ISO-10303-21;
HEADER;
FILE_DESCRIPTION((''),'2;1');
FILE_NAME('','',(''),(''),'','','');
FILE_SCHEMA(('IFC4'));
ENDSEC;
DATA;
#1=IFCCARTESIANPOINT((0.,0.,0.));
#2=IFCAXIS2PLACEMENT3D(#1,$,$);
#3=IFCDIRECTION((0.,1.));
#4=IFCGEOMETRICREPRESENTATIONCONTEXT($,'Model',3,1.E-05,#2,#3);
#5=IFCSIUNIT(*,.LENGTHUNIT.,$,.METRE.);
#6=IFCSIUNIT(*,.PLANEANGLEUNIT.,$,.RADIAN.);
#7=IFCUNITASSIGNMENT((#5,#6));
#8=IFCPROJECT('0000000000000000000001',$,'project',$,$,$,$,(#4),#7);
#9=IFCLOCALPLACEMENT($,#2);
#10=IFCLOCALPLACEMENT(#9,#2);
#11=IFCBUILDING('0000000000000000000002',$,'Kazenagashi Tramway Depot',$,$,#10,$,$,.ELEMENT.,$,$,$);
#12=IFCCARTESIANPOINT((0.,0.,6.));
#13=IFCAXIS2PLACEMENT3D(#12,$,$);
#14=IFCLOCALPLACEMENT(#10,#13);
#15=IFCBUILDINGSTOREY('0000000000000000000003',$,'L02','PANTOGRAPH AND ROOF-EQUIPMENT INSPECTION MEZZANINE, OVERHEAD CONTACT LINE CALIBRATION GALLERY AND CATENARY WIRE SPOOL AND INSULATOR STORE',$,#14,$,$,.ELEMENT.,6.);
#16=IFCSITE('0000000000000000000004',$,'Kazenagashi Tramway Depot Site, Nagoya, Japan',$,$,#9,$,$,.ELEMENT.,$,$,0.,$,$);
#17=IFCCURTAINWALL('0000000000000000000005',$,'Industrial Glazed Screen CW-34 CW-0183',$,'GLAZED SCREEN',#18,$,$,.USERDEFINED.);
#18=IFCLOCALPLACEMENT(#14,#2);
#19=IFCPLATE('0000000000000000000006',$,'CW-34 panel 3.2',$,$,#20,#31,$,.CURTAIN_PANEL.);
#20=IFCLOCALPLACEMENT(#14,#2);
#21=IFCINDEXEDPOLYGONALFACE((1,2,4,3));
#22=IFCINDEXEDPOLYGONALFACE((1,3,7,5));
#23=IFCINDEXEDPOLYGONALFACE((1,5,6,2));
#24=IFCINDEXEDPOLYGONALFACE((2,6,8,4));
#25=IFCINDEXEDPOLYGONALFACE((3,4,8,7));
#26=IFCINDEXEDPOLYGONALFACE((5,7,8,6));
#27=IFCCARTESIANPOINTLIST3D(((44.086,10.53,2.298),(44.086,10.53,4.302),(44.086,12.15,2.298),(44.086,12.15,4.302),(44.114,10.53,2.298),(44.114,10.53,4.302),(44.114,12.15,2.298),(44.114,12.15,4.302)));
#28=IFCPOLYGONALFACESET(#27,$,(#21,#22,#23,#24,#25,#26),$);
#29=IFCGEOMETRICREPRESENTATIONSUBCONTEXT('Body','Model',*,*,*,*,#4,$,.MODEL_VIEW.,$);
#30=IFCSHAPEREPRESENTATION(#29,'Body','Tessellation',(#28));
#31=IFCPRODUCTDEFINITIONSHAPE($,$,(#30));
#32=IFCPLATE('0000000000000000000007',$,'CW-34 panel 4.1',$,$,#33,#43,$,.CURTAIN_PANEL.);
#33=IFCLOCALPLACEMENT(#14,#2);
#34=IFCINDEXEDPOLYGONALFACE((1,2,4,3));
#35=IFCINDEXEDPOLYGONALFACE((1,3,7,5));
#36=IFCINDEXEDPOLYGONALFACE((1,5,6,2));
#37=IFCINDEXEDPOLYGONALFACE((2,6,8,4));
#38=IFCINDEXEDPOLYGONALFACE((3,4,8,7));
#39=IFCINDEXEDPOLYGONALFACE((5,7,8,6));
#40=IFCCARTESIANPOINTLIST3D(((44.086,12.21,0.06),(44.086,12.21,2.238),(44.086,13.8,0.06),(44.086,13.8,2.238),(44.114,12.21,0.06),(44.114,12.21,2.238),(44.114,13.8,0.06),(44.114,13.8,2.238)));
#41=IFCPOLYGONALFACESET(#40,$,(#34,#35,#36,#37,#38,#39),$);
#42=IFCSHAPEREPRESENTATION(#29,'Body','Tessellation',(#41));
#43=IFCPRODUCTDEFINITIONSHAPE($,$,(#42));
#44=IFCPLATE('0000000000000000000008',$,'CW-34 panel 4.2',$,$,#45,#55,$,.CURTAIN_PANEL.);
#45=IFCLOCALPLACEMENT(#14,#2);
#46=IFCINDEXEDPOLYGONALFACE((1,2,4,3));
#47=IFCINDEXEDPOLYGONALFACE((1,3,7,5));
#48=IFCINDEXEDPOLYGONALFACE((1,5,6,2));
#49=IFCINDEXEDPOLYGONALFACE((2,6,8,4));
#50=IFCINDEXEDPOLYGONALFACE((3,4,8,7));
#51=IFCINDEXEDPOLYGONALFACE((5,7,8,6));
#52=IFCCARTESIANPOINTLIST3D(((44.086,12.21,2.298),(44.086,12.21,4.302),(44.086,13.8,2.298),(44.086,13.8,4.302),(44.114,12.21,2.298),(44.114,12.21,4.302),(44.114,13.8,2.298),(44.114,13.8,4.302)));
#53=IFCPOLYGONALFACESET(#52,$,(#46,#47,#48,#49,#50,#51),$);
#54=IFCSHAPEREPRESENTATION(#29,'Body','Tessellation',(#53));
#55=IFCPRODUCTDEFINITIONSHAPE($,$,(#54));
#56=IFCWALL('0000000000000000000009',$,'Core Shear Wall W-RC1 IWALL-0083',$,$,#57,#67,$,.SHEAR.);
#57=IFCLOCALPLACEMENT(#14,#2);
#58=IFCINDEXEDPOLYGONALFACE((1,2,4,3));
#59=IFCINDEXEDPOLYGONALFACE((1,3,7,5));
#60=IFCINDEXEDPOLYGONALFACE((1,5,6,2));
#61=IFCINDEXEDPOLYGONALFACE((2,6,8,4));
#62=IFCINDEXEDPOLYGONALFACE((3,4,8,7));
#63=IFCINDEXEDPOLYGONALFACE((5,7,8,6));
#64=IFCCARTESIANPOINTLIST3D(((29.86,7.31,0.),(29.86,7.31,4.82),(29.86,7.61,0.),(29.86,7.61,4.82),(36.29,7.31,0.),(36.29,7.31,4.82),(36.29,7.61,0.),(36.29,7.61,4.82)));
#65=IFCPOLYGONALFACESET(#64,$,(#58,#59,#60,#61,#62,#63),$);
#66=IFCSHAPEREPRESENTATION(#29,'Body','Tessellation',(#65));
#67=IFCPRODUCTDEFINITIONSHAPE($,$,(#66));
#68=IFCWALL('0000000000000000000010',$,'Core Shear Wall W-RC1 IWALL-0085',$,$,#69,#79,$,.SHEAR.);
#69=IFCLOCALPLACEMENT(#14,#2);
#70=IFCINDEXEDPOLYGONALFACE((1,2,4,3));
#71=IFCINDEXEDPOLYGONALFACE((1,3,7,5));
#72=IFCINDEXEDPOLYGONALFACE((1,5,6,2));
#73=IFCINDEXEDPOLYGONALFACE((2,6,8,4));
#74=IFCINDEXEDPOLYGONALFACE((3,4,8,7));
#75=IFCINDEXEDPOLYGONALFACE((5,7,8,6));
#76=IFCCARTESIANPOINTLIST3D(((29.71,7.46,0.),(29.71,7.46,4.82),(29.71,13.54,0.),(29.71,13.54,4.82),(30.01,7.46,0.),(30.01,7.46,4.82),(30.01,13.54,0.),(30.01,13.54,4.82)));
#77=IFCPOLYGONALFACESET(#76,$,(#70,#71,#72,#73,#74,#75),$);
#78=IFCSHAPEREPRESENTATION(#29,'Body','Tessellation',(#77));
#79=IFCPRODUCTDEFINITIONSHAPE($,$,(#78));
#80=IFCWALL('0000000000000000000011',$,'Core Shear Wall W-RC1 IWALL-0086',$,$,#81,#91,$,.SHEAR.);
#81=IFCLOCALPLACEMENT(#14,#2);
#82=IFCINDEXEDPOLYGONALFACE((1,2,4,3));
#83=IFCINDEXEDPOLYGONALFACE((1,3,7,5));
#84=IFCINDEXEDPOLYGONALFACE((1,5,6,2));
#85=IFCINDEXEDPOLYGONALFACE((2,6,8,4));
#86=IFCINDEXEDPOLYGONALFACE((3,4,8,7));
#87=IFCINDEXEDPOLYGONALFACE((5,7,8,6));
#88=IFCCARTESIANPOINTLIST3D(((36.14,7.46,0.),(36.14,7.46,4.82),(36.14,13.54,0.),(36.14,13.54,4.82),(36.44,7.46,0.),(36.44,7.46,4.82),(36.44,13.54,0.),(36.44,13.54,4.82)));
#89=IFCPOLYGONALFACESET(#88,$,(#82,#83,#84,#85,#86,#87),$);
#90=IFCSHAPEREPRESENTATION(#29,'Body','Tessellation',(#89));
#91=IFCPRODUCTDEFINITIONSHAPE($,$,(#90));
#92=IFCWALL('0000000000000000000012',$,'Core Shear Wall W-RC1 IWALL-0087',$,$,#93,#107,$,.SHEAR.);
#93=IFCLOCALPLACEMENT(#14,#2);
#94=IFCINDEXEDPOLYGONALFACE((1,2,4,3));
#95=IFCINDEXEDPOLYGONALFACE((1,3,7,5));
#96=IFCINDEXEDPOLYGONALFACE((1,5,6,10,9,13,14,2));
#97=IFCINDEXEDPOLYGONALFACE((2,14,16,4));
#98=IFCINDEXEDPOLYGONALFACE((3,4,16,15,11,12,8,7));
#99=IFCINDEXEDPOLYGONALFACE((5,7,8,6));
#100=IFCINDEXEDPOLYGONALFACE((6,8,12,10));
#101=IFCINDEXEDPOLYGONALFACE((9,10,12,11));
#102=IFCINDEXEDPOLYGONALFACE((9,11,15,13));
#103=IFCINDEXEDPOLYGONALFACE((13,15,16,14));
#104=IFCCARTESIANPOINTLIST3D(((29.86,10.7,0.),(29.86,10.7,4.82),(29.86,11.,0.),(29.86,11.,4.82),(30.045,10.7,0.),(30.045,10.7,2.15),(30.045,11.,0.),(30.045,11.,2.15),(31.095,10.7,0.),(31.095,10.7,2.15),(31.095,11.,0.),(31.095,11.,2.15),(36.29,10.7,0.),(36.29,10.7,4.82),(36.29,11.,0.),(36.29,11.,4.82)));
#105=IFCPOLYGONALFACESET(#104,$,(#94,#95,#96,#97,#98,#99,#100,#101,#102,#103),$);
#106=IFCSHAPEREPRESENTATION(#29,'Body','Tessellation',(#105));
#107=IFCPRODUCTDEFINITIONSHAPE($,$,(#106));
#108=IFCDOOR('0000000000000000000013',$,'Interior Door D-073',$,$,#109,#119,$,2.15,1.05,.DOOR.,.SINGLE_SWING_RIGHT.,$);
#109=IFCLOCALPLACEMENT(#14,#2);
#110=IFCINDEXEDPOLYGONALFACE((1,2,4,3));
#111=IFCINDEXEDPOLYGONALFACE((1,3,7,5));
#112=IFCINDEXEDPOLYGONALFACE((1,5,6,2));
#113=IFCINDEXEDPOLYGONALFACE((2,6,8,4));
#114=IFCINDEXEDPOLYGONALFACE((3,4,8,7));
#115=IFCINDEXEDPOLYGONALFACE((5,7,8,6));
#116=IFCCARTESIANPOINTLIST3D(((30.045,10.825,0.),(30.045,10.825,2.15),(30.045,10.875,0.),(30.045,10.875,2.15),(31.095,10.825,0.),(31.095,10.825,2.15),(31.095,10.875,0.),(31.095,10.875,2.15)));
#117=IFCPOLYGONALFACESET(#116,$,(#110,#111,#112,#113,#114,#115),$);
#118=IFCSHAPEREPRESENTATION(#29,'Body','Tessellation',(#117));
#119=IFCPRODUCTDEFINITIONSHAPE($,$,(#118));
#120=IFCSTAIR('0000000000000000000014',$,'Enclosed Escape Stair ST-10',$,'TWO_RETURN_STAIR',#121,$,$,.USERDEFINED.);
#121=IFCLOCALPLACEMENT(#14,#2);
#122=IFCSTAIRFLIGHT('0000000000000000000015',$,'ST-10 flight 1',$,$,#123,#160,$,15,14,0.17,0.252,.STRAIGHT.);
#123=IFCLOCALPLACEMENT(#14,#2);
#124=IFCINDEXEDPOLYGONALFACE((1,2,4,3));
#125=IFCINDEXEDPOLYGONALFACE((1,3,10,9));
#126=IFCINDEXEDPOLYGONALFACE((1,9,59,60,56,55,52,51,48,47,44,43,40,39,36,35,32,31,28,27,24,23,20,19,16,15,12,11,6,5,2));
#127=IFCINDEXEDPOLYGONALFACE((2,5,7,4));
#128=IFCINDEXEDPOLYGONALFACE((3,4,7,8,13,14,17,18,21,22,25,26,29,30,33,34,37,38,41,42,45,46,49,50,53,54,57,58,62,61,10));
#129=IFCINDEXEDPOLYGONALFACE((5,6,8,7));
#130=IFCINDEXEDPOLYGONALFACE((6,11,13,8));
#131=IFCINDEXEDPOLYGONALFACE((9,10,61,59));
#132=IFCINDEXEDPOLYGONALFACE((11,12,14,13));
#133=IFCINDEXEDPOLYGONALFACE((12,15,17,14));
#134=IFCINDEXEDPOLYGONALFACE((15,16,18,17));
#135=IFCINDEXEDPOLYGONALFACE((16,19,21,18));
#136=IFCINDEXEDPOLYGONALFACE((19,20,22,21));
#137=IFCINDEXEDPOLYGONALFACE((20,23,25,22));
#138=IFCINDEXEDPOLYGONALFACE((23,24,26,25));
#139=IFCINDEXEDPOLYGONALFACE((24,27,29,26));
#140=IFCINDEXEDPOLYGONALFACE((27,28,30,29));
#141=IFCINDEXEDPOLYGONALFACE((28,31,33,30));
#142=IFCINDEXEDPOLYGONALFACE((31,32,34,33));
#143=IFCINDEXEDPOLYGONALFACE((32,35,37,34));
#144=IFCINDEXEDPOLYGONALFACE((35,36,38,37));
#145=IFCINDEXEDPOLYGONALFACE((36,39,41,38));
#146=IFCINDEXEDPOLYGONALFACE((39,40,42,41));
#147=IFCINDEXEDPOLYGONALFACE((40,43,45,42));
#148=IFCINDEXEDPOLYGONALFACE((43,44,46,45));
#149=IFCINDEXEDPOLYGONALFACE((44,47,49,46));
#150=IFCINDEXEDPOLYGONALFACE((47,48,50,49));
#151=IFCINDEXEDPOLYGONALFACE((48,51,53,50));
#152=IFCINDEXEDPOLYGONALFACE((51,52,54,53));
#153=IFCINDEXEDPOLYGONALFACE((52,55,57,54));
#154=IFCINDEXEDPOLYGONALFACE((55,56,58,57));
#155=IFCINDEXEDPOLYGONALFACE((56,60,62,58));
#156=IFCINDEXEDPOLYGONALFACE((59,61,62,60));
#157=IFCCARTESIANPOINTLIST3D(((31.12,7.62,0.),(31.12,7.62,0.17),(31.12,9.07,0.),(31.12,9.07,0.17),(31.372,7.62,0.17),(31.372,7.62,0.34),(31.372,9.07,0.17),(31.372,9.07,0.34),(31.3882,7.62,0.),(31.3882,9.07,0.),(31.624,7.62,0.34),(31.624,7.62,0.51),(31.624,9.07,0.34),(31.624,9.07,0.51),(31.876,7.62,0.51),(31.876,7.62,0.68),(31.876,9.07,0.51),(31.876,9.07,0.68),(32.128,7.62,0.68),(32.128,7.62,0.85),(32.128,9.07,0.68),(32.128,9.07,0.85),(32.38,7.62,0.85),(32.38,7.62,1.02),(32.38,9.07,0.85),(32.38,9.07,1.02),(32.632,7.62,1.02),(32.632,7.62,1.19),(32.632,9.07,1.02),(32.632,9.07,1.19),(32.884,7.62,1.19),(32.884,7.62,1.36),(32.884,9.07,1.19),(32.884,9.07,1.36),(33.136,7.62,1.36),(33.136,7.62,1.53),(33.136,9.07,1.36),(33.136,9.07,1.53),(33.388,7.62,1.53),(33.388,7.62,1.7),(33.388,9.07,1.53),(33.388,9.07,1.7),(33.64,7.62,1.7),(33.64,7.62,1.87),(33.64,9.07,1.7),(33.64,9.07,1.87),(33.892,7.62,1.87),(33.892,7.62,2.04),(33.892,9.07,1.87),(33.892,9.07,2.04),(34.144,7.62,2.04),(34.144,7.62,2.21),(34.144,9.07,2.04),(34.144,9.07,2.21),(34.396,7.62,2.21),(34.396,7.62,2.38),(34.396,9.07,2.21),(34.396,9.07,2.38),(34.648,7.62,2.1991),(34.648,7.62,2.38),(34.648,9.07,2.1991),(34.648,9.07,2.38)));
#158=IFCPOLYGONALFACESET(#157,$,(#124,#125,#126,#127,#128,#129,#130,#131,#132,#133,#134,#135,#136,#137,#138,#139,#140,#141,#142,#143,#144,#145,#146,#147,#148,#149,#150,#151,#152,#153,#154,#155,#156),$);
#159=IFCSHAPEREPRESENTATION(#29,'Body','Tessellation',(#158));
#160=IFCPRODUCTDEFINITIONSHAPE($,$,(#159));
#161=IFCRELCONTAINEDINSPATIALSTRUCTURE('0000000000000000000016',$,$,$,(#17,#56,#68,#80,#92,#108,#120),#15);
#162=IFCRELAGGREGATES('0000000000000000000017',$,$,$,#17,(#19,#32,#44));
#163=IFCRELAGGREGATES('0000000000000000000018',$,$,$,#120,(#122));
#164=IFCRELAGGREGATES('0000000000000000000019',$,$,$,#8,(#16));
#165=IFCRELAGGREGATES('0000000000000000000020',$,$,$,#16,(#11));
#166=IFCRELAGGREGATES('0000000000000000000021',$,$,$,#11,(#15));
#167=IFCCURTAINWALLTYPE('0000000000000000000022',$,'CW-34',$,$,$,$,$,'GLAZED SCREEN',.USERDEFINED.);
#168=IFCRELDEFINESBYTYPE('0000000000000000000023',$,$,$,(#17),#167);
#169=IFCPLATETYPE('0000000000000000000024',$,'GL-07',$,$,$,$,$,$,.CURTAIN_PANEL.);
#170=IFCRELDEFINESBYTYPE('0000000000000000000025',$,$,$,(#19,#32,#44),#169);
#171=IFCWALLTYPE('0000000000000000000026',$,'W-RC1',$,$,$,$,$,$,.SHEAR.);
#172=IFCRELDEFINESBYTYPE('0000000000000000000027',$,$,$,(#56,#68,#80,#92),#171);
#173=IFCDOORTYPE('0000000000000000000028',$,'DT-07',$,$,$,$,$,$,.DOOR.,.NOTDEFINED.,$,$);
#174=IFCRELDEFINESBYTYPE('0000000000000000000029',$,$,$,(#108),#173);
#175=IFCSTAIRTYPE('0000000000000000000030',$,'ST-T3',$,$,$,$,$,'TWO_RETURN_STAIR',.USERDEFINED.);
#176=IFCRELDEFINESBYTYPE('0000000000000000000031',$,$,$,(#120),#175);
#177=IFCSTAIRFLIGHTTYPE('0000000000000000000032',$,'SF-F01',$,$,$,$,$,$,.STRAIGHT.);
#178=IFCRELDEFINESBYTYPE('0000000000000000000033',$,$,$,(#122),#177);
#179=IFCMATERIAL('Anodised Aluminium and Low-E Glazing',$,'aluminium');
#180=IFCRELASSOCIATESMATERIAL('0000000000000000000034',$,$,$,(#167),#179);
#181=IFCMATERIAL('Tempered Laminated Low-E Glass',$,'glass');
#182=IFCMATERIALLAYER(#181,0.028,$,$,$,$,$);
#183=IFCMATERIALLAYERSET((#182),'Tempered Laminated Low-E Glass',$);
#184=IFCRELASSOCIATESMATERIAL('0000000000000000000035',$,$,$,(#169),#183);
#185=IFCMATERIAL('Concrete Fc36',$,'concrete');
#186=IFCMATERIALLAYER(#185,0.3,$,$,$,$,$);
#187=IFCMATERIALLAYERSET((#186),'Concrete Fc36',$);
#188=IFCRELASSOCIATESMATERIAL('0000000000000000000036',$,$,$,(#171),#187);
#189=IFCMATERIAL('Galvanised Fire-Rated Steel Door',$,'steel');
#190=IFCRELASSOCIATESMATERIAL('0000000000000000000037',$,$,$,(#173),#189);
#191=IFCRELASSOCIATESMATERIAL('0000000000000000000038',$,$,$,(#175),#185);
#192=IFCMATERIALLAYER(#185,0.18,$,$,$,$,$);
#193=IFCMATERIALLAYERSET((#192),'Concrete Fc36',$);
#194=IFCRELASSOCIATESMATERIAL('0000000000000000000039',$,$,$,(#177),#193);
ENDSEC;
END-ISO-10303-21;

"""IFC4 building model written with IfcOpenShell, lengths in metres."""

from ifc_helpers import new_model, si_unit, direction, frame, frame_2d, origin, origin_2d, place, context, subcontext, project, spatial, polyline, rectangle, outline, extrude, material, layer, layer_set, type_object, element, fill, aggregate, save


model = new_model("IFC4")

# Units and contexts
model_context = context("Model", 3, precision=1e-05, world=origin(), true_north=direction((0.0, 1.0)))
body_context = subcontext(model_context, "Body", "Model", "MODEL_VIEW")
ifc_project = project(units=[si_unit("LENGTHUNIT", "METRE"), si_unit("PLANEANGLEUNIT", "RADIAN")], contexts=[model_context])

# Site, building, storey
site_placement = place(None, origin())
site = spatial("IfcSite", under=ifc_project, at=site_placement, Name="Kazenagashi Tramway Depot Site, Nagoya, Japan", CompositionType="ELEMENT", RefElevation=0.0)
building_placement = place(site_placement, origin())
building = spatial("IfcBuilding", under=site, at=building_placement, Name="Kazenagashi Tramway Depot", CompositionType="ELEMENT")
storey_placement = place(building_placement, frame((0.0, 0.0, 6.0)))
storey = spatial("IfcBuildingStorey", under=building, at=storey_placement, Name="L02", Description="PANTOGRAPH AND ROOF-EQUIPMENT INSPECTION MEZZANINE, OVERHEAD CONTACT LINE CALIBRATION GALLERY AND CATENARY WIRE SPOOL AND INSULATOR STORE", CompositionType="ELEMENT", Elevation=6.0)

# Curtain wall, plates
ifc_material_1 = material(Name="Anodised Aluminium and Low-E Glazing", Category="aluminium")
curtain_wall_type = type_object("IfcCurtainWallType", Name="CW-34", ElementType="GLAZED SCREEN", PredefinedType="USERDEFINED", material=ifc_material_1)
curtain_wall_placement = place(storey_placement, origin())
curtain_wall = element("IfcCurtainWall", 1, at=curtain_wall_placement, inside=storey, type_object=curtain_wall_type, Name="Industrial Glazed Screen CW-34 CW-0183", ObjectType="GLAZED SCREEN", PredefinedType="USERDEFINED")
ifc_material_2 = material(Name="Tempered Laminated Low-E Glass", Category="glass")
ifc_layer_1 = layer(ifc_material_2, 0.028)
ifc_layer_set_1 = layer_set([ifc_layer_1], Name="Tempered Laminated Low-E Glass")
plate_type = type_object("IfcPlateType", Name="GL-07", PredefinedType="CURTAIN_PANEL", material=ifc_layer_set_1)
plate_1_placement = place(storey_placement, frame((44.1, 11.34, 2.298), z_axis=(0.0, 0.0, 1.0), x_axis=(0.0, 1.0, 0.0)))
plate_1 = element("IfcPlate", 2, at=plate_1_placement, type_object=plate_type, Name="CW-34 panel 3.2", PredefinedType="CURTAIN_PANEL", context=body_context, shape_type="SweptSolid", body=[
    extrude(rectangle(XDim=1.62, YDim=0.028, at=origin_2d()), origin(), (0.0, 0.0, 1.0), 2.004),
])
plate_2_placement = place(storey_placement, frame((44.1, 13.005, 0.06), z_axis=(0.0, 0.0, 1.0), x_axis=(0.0, 1.0, 0.0)))
plate_2 = element("IfcPlate", 3, at=plate_2_placement, type_object=plate_type, Name="CW-34 panel 4.1", PredefinedType="CURTAIN_PANEL", context=body_context, shape_type="SweptSolid", body=[
    extrude(rectangle(XDim=1.59, YDim=0.028, at=origin_2d()), origin(), (0.0, 0.0, 1.0), 2.178),
])
plate_3_placement = place(storey_placement, frame((44.1, 13.005, 2.298), z_axis=(0.0, 0.0, 1.0), x_axis=(0.0, 1.0, 0.0)))
plate_3 = element("IfcPlate", 4, at=plate_3_placement, type_object=plate_type, Name="CW-34 panel 4.2", PredefinedType="CURTAIN_PANEL", context=body_context, shape_type="SweptSolid", body=[
    extrude(rectangle(XDim=1.59, YDim=0.028, at=origin_2d()), origin(), (0.0, 0.0, 1.0), 2.004),
])
aggregate(curtain_wall, [plate_1, plate_2, plate_3])

# Walls
ifc_material_3 = material(Name="Concrete Fc36", Category="concrete")
ifc_layer_2 = layer(ifc_material_3, 0.3)
ifc_layer_set_2 = layer_set([ifc_layer_2], Name="Concrete Fc36")
wall_type = type_object("IfcWallType", Name="W-RC1", PredefinedType="SHEAR", material=ifc_layer_set_2)
wall_1_placement = place(storey_placement, frame((29.86, 7.46, 0.0), z_axis=(0.0, 0.0, 1.0), x_axis=(1.0, 0.0, 0.0)))
element("IfcWall", 5, at=wall_1_placement, inside=storey, type_object=wall_type, Name="Core Shear Wall W-RC1 IWALL-0083", PredefinedType="SHEAR", context=body_context, shape_type="SweptSolid", body=[
    extrude(rectangle(XDim=6.43, YDim=0.3, at=frame_2d((3.215, 0.0))), origin(), (0.0, 0.0, 1.0), 4.82),
])
for number, where, z_axis, x_axis, name in (
    (6, (29.86, 7.46, 0.0), (0.0, 0.0, 1.0), (0.0, 1.0, 0.0), "Core Shear Wall W-RC1 IWALL-0085"),
    (7, (36.29, 7.46, 0.0), (0.0, 0.0, 1.0), (0.0, 1.0, 0.0), "Core Shear Wall W-RC1 IWALL-0086"),
):
    element("IfcWall", number, at=place(storey_placement, frame(where, z_axis=z_axis, x_axis=x_axis)), inside=storey, type_object=wall_type, Name=name, PredefinedType="SHEAR", context=body_context, shape_type="SweptSolid", body=[
        extrude(rectangle(XDim=6.08, YDim=0.3, at=frame_2d((3.04, 0.0))), origin(), (0.0, 0.0, 1.0), 4.82),
    ])

# Wall, opening, door
wall_2_placement = place(storey_placement, frame((29.86, 10.85, 0.0), z_axis=(0.0, 0.0, 1.0), x_axis=(1.0, 0.0, 0.0)))
wall_2 = element("IfcWall", 8, at=wall_2_placement, inside=storey, type_object=wall_type, Name="Core Shear Wall W-RC1 IWALL-0087", PredefinedType="SHEAR", context=body_context, shape_type="SweptSolid", body=[
    extrude(rectangle(XDim=6.43, YDim=0.3, at=frame_2d((3.215, 0.0))), origin(), (0.0, 0.0, 1.0), 4.82),
])
opening_placement = place(wall_2_placement, frame((0.185, 0.0, 0.0)))
opening = element("IfcOpeningElement", 9, at=opening_placement, cuts=wall_2, PredefinedType="OPENING", context=body_context, shape_type="SweptSolid", body=[
    extrude(rectangle(XDim=1.05, YDim=2.15, at=frame_2d((0.525, 1.075))), frame((0.0, 0.16, 0.0), z_axis=(0.0, -1.0, 0.0), x_axis=(1.0, 0.0, 0.0)), (0.0, 0.0, 1.0), 0.32),
])
ifc_material_4 = material(Name="Galvanised Fire-Rated Steel Door", Category="steel")
door_type = type_object("IfcDoorType", Name="DT-07", OperationType="NOTDEFINED", PredefinedType="DOOR", material=ifc_material_4)
door_placement = place(opening_placement, origin())
door = element("IfcDoor", 10, at=door_placement, inside=storey, type_object=door_type, Name="Interior Door D-073", OperationType="SINGLE_SWING_RIGHT", OverallHeight=2.15, OverallWidth=1.05, PredefinedType="DOOR", context=body_context, shape_type="SweptSolid", body=[
    extrude(rectangle(XDim=1.05, YDim=2.15, at=frame_2d((0.525, 1.075))), frame((0.0, 0.025, 0.0), z_axis=(0.0, -1.0, 0.0), x_axis=(1.0, 0.0, 0.0)), (0.0, 0.0, 1.0), 0.05),
])
fill(opening, door)

# Stair, stair flight
stair_type = type_object("IfcStairType", Name="ST-T3", ElementType="TWO_RETURN_STAIR", PredefinedType="USERDEFINED", material=ifc_material_3)
stair_placement = place(storey_placement, origin())
stair = element("IfcStair", 11, at=stair_placement, inside=storey, type_object=stair_type, Name="Enclosed Escape Stair ST-10", ObjectType="TWO_RETURN_STAIR", PredefinedType="USERDEFINED")
ifc_layer_3 = layer(ifc_material_3, 0.18)
ifc_layer_set_3 = layer_set([ifc_layer_3], Name="Concrete Fc36")
stair_flight_type = type_object("IfcStairFlightType", Name="SF-F01", PredefinedType="STRAIGHT", material=ifc_layer_set_3)
stair_flight_1_placement = place(storey_placement, frame((31.12, 8.345, 0.0), z_axis=(0.0, 0.0, 1.0), x_axis=(1.0, 0.0, 0.0)))
stair_flight_1 = element("IfcStairFlight", 12, at=stair_flight_1_placement, type_object=stair_flight_type, Name="ST-10 flight 1", NumberOfRisers=15, NumberOfTreads=14, PredefinedType="STRAIGHT", RiserHeight=0.17, TreadLength=0.252, context=body_context, shape_type="SweptSolid", body=[
    extrude(outline(polyline([(0.0, 0.0), (0.0, 0.17), (0.252, 0.17), (0.252, 0.34), (0.504, 0.34), (0.504, 0.51), (0.756, 0.51), (0.756, 0.68), (1.008, 0.68), (1.008, 0.85), (1.26, 0.85), (1.26, 1.02), (1.512, 1.02), (1.512, 1.19), (1.764, 1.19), (1.764, 1.36), (2.016, 1.36), (2.016, 1.53), (2.268, 1.53), (2.268, 1.7), (2.52, 1.7), (2.52, 1.87), (2.772, 1.87), (2.772, 2.04), (3.024, 2.04), (3.024, 2.21), (3.276, 2.21), (3.276, 2.38), (3.528, 2.38), (3.528, 2.55), (3.528, 2.1991), (0.2682, 0.0), (0.0, 0.0)])), frame((0.0, 0.725, 0.0), z_axis=(0.0, -1.0, 0.0), x_axis=(1.0, 0.0, 0.0)), (0.0, 0.0, 1.0), 1.45),
])
aggregate(stair, [stair_flight_1])

save(model, "model.ifc")
